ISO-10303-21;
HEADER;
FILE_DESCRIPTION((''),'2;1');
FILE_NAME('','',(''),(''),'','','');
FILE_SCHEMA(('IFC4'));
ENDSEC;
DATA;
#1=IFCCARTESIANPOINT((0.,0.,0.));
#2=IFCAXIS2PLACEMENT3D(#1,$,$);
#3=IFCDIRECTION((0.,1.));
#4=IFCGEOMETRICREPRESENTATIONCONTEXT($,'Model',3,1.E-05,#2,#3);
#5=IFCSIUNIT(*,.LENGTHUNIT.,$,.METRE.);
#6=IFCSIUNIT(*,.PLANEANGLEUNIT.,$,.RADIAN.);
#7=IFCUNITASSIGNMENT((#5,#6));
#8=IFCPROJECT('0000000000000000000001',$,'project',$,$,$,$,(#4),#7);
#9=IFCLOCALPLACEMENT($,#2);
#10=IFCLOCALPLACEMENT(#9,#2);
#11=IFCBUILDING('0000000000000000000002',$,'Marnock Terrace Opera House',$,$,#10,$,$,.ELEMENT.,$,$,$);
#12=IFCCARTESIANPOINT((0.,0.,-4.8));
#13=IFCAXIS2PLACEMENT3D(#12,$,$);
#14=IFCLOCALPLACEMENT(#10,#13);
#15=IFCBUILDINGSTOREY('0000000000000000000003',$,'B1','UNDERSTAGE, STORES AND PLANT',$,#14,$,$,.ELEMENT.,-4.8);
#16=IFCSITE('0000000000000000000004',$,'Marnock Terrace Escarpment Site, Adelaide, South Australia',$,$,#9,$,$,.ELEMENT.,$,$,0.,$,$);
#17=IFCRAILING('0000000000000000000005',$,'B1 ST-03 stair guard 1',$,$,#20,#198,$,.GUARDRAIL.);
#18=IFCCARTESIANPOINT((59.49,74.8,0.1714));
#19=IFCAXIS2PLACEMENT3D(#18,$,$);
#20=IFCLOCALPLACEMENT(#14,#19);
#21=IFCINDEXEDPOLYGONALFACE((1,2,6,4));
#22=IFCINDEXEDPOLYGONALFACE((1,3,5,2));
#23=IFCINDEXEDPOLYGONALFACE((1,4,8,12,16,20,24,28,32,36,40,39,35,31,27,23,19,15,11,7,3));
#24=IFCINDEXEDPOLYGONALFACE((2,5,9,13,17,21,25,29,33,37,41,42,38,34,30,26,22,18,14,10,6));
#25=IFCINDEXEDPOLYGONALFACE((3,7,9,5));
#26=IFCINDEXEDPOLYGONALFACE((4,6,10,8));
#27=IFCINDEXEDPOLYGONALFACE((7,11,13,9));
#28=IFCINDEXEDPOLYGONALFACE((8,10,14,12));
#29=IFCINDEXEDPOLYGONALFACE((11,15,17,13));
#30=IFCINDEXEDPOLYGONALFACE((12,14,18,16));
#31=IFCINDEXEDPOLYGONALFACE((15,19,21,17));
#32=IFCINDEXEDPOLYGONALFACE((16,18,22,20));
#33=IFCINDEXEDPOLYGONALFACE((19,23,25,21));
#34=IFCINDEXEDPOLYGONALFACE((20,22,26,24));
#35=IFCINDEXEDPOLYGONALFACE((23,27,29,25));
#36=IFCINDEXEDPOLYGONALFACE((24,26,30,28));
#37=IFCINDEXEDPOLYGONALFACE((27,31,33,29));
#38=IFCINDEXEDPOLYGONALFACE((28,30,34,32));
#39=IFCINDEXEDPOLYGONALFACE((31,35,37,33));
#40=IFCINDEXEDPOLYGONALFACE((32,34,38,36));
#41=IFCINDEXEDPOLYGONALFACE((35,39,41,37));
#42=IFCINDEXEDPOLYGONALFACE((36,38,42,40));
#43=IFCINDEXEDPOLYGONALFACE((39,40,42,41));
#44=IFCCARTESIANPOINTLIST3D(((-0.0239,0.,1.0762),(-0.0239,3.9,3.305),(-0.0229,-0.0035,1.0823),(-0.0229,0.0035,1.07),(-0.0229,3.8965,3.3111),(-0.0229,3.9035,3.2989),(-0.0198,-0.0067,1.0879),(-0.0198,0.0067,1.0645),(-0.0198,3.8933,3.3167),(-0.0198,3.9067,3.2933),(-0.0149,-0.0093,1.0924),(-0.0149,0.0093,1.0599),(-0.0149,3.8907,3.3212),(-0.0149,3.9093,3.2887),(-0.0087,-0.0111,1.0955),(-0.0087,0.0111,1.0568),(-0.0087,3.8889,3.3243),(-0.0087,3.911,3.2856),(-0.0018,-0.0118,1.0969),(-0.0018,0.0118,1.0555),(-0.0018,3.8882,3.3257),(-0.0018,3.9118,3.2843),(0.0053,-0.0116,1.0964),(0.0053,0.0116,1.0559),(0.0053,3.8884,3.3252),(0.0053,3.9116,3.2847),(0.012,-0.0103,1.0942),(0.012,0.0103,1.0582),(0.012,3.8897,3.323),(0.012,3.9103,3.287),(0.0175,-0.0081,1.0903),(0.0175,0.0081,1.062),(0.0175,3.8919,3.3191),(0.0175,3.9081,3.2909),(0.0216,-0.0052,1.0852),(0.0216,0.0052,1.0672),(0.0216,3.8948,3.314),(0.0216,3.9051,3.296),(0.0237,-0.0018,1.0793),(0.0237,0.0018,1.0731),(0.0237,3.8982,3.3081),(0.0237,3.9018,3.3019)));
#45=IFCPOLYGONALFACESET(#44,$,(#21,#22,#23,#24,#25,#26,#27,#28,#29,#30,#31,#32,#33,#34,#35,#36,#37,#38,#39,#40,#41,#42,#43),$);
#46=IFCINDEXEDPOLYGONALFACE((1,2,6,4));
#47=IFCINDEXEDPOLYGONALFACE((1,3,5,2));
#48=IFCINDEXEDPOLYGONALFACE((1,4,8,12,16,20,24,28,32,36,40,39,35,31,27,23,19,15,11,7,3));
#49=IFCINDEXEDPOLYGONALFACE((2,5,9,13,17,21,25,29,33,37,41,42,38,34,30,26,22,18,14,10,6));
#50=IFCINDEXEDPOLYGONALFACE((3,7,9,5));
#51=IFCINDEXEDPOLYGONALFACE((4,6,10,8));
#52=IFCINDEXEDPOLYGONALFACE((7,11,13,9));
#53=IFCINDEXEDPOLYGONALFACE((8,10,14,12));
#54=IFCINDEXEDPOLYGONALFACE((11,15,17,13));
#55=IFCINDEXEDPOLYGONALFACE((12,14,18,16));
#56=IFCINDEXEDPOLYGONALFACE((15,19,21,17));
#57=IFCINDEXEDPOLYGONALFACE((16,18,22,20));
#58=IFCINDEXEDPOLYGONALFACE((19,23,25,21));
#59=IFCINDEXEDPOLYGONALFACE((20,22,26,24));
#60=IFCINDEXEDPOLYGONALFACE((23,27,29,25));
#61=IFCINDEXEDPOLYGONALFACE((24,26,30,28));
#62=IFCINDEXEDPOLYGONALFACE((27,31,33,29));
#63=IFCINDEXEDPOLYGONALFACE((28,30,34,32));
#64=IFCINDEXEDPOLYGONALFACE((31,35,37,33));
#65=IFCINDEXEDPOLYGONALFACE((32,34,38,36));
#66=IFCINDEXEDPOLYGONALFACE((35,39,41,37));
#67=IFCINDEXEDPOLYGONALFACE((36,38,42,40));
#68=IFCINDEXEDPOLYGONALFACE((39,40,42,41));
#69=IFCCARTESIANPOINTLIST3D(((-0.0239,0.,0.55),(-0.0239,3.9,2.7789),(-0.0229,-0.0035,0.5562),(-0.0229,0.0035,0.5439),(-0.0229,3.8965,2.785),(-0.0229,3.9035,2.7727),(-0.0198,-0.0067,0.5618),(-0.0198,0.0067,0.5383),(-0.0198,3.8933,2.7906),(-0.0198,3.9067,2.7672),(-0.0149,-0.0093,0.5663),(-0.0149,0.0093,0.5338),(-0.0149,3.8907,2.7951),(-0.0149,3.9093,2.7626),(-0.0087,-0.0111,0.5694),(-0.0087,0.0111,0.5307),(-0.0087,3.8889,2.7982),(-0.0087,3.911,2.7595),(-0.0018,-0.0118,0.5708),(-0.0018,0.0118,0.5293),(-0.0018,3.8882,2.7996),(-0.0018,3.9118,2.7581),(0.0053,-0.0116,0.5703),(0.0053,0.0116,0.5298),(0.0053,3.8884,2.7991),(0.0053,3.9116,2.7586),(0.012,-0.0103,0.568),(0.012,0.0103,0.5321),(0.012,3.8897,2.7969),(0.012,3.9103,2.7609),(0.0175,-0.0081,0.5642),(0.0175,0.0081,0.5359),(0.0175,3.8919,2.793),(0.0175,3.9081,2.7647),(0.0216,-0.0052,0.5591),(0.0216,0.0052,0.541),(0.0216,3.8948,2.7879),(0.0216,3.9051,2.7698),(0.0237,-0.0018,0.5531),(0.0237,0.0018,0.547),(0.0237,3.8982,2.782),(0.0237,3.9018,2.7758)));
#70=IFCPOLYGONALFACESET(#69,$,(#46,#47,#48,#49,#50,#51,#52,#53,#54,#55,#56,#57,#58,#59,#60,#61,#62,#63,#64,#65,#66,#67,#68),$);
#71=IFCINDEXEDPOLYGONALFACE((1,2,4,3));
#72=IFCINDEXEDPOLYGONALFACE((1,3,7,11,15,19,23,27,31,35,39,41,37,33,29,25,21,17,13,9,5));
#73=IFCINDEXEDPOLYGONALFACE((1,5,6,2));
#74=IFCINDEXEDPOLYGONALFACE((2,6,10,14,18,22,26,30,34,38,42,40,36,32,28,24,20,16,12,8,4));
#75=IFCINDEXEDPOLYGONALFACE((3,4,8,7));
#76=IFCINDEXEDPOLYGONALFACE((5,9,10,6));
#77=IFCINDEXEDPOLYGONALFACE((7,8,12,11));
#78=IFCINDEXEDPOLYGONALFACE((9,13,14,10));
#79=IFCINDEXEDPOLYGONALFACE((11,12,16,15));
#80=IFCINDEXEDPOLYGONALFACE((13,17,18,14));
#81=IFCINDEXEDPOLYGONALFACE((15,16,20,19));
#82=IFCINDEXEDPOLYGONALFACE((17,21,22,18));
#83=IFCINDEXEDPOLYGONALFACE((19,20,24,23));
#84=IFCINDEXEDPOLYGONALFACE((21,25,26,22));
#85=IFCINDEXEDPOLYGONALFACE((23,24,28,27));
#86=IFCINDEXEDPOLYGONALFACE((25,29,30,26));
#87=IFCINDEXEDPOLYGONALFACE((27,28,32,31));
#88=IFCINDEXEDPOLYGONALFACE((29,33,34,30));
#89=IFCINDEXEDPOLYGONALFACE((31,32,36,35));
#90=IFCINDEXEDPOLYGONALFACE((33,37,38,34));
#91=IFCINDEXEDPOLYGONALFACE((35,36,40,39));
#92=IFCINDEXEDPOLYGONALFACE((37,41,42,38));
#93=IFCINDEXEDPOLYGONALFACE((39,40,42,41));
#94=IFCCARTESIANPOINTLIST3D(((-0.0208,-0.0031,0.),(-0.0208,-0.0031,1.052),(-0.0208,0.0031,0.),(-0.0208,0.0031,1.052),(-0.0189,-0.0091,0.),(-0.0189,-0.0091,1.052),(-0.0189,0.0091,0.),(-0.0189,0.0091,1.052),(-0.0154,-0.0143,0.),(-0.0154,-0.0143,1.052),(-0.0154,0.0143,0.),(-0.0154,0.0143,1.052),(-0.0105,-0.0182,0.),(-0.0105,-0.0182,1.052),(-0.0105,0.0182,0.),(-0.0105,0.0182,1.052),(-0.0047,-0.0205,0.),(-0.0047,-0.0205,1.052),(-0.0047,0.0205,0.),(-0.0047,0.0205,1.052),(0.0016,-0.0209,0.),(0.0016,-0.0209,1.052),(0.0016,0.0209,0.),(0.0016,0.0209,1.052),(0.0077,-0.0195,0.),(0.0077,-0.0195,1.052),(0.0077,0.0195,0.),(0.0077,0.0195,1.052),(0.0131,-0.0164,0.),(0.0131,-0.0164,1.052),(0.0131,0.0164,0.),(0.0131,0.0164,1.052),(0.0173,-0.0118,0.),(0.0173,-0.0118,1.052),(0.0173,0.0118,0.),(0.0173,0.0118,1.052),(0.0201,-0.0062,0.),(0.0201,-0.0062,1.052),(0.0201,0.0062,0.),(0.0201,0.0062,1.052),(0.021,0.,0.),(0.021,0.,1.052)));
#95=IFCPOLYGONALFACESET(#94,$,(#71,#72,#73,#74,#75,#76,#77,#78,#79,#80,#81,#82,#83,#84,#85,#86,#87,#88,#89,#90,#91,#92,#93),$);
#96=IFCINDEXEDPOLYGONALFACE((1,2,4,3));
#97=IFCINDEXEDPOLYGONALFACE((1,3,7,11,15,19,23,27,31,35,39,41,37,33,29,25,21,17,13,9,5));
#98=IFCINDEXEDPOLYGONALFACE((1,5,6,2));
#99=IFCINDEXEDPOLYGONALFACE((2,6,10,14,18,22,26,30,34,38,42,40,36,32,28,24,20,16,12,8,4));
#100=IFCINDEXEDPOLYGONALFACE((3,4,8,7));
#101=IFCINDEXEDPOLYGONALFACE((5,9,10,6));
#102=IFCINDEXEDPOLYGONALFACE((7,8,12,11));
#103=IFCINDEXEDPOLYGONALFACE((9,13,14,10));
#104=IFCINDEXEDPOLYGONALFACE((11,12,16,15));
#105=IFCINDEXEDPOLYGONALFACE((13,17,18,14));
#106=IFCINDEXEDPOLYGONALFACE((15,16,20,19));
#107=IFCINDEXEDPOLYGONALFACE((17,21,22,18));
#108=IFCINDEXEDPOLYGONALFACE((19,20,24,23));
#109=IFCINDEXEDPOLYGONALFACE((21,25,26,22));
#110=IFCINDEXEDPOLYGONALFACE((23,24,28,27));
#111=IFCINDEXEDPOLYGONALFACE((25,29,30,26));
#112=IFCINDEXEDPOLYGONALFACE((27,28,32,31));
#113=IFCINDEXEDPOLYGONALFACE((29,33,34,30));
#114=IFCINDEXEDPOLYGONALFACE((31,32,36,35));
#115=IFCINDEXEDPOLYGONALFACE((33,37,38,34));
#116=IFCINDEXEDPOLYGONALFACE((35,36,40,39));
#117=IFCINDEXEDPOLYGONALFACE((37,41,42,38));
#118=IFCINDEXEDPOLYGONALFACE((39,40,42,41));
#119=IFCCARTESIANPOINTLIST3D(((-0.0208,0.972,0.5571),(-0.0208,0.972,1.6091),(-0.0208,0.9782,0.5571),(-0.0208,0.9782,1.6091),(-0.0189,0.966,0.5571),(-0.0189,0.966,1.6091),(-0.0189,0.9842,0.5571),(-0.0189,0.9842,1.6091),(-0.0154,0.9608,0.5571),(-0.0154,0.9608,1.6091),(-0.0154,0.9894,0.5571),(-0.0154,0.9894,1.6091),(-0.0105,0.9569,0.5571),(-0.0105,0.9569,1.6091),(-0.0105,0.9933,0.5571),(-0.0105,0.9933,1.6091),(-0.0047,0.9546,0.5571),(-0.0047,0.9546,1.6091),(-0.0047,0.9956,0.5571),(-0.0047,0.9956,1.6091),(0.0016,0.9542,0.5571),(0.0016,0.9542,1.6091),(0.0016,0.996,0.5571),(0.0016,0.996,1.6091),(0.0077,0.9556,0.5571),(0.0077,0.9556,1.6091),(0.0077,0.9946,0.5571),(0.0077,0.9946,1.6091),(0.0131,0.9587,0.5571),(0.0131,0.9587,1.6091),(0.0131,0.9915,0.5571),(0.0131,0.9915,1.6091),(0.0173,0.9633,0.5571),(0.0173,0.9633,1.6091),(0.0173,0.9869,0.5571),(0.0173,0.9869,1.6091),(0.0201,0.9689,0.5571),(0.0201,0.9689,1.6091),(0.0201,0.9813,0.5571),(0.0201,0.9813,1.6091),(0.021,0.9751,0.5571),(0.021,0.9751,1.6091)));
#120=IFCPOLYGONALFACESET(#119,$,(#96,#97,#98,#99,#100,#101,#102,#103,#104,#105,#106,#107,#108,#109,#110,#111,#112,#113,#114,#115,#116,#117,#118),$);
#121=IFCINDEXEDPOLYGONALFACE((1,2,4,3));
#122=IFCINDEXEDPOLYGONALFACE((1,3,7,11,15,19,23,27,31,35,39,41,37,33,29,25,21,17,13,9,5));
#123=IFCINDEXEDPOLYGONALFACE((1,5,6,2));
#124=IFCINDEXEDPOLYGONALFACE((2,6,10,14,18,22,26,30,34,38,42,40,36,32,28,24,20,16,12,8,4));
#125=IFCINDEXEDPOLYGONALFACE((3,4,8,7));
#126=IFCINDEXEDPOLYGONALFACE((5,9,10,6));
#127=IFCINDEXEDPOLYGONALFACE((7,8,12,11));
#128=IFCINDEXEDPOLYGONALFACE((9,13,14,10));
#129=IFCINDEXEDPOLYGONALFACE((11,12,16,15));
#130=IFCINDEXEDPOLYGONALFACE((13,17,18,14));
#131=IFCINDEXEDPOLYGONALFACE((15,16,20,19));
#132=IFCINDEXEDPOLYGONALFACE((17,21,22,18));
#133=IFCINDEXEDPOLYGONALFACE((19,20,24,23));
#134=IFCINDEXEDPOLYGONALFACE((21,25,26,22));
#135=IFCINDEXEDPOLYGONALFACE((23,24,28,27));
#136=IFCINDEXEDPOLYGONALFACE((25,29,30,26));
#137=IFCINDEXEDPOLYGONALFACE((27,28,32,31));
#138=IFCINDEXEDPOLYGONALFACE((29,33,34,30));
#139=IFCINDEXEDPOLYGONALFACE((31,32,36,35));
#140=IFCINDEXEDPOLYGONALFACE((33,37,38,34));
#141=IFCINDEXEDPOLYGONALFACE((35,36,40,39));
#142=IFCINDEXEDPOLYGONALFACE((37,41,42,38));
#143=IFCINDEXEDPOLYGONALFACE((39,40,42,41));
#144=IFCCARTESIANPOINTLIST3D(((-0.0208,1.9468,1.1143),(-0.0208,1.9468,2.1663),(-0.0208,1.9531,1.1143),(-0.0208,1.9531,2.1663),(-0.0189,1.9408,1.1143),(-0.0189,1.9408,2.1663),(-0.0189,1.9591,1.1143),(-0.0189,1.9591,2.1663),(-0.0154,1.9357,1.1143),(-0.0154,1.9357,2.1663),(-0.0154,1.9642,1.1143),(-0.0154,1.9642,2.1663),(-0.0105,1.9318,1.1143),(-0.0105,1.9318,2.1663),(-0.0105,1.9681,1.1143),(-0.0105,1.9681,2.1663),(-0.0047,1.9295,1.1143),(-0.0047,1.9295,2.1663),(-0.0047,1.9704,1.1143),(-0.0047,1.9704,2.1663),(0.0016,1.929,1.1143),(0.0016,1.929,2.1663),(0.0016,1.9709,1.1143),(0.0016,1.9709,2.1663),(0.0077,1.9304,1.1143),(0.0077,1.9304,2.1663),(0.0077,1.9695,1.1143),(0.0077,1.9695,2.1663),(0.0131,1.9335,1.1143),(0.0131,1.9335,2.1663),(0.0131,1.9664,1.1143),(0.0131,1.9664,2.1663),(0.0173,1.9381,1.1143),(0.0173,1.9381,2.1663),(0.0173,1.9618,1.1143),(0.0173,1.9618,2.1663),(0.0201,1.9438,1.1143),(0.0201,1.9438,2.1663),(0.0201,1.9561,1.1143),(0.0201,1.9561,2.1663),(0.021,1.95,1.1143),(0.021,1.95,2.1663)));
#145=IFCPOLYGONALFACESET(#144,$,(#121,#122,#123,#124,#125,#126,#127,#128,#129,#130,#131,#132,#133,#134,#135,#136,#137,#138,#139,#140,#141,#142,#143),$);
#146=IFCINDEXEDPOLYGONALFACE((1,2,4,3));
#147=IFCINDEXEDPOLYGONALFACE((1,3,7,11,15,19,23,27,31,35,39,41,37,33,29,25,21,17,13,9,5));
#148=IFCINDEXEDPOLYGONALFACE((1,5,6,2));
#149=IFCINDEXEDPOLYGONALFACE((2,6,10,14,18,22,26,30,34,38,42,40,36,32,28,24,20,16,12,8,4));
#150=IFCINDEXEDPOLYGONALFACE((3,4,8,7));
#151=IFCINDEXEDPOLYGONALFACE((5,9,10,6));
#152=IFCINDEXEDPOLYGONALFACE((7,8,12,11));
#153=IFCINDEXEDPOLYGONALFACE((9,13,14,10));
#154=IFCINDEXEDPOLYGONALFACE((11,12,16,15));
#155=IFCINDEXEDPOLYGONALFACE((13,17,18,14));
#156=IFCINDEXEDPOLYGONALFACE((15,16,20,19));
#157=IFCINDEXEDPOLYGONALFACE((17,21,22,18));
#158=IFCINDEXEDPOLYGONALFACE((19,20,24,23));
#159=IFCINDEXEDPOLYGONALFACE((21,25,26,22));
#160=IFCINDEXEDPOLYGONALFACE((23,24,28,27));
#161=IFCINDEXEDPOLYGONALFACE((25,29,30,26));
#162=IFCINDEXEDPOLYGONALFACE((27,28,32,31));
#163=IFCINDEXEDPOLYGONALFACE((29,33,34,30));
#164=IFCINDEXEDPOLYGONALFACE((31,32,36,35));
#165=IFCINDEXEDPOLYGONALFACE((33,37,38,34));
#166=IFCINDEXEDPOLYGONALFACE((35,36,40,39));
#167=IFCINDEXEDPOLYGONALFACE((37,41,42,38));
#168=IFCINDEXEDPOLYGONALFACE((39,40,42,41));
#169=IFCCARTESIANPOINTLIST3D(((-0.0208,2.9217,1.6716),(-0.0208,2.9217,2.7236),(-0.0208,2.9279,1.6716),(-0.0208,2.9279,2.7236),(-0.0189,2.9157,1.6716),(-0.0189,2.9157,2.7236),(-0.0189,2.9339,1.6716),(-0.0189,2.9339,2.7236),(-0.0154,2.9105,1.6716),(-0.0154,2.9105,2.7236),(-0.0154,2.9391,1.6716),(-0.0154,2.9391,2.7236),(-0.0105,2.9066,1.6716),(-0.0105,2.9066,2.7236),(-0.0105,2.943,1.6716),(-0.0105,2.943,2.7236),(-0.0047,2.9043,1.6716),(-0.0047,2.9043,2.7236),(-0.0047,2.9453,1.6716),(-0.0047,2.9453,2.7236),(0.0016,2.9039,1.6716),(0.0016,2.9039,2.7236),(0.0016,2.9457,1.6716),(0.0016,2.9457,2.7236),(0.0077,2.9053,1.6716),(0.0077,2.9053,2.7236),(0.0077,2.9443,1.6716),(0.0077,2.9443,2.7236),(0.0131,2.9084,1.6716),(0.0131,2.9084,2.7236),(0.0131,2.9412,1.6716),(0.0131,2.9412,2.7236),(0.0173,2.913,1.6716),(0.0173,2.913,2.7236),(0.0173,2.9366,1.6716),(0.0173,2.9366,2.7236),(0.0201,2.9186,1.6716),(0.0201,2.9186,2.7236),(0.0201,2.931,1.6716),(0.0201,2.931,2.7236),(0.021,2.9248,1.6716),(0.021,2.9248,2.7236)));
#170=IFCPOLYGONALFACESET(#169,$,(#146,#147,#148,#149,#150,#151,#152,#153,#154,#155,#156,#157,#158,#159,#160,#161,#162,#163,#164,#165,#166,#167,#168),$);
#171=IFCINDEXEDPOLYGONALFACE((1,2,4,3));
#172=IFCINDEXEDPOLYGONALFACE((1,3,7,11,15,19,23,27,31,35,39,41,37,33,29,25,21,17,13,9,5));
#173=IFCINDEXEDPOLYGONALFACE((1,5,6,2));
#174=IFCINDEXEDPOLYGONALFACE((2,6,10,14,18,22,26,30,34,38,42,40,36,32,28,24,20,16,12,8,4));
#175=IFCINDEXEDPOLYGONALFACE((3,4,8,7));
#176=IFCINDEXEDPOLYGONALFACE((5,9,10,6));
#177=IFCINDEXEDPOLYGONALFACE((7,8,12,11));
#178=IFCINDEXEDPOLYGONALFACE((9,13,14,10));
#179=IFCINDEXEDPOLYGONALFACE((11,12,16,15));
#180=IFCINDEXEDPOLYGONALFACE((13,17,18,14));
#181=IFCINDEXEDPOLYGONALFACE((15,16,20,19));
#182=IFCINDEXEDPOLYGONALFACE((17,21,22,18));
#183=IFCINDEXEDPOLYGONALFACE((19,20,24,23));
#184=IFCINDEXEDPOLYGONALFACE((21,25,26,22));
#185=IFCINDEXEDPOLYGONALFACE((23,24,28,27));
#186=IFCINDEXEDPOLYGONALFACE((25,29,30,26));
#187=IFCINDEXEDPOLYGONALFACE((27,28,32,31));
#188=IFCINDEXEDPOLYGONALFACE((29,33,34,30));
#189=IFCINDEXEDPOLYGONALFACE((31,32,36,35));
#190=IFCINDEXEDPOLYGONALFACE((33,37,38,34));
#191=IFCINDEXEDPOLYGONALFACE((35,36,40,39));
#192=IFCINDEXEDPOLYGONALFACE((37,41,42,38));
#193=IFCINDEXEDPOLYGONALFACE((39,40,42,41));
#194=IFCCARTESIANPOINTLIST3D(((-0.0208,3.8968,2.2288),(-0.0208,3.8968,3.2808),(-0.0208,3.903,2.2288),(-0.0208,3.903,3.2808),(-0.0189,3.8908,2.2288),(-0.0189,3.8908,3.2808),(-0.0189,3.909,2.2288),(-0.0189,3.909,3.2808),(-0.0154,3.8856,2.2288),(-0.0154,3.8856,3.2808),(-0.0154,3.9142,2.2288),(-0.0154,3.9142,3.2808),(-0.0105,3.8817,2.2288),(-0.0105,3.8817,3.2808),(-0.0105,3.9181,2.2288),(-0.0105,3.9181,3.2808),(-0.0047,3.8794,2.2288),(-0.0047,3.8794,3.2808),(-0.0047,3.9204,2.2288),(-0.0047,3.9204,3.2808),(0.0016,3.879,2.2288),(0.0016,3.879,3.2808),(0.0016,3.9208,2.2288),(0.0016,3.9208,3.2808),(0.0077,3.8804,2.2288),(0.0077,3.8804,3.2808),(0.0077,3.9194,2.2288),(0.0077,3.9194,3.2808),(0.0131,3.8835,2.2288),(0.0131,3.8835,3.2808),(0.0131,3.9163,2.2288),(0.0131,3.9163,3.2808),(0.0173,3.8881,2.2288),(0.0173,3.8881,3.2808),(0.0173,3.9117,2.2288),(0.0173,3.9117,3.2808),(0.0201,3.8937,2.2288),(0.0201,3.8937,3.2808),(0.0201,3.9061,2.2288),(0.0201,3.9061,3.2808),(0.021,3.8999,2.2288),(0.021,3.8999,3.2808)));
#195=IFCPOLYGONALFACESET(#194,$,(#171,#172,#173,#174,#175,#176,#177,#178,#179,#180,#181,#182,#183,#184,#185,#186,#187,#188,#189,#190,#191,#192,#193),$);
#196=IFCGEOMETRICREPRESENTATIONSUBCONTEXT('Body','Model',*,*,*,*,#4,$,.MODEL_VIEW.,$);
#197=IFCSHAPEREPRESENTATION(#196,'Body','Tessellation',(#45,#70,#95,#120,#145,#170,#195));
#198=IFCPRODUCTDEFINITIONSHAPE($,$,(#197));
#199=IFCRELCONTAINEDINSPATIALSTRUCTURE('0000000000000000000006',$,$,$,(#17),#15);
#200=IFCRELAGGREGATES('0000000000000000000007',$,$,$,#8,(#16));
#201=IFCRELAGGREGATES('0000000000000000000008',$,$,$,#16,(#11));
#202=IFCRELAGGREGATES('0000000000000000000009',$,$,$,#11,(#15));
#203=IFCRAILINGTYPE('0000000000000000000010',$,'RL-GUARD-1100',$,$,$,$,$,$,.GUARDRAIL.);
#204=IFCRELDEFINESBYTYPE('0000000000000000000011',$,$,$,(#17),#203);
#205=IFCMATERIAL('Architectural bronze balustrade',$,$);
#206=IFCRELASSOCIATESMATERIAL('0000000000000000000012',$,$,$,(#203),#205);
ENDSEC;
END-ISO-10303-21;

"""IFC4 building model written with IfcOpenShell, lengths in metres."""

from ifc_helpers import new_model, si_unit, direction, frame, origin, origin_2d, place, context, subcontext, project, spatial, circle, extrude, material, type_object, element, save


model = new_model("IFC4")

# Units and contexts
model_context = context("Model", 3, precision=1e-05, world=origin(), true_north=direction((0.0, 1.0)))
body_context = subcontext(model_context, "Body", "Model", "MODEL_VIEW")
ifc_project = project(units=[si_unit("LENGTHUNIT", "METRE"), si_unit("PLANEANGLEUNIT", "RADIAN")], contexts=[model_context])

# Site, building, storey
site_placement = place(None, origin())
site = spatial("IfcSite", under=ifc_project, at=site_placement, Name="Marnock Terrace Escarpment Site, Adelaide, South Australia", CompositionType="ELEMENT", RefElevation=0.0)
building_placement = place(site_placement, origin())
building = spatial("IfcBuilding", under=site, at=building_placement, Name="Marnock Terrace Opera House", CompositionType="ELEMENT")
storey_placement = place(building_placement, frame((0.0, 0.0, -4.8)))
storey = spatial("IfcBuildingStorey", under=building, at=storey_placement, Name="B1", Description="UNDERSTAGE, STORES AND PLANT", CompositionType="ELEMENT", Elevation=-4.8)

# Railing
ifc_material_1 = material(Name="Architectural bronze balustrade")
railing_type_1 = type_object("IfcRailingType", Name="RL-GUARD-1100", PredefinedType="GUARDRAIL", material=ifc_material_1)
railing_1_placement = place(storey_placement, frame((59.49, 74.8, 0.1714)))
element("IfcRailing", 1, at=railing_1_placement, inside=storey, type_object=railing_type_1, Name="B1 ST-03 stair guard 1", PredefinedType="GUARDRAIL", context=body_context, shape_type="SweptSolid", body=[
    extrude(circle(Radius=0.0239, at=origin_2d()), frame((0.0, 0.0, 1.0762), z_axis=(0.0, 0.86822, 0.49618), x_axis=(-1.0, 0.0, 0.0)), (0.0, 0.0, 1.0), 4.4919),
    extrude(circle(Radius=0.0239, at=origin_2d()), frame((0.0, 0.0, 0.55), z_axis=(0.0, 0.86822, 0.49618), x_axis=(-1.0, 0.0, 0.0)), (0.0, 0.0, 1.0), 4.4919),
    extrude(circle(Radius=0.021, at=origin_2d()), origin(), (0.0, 0.0, 1.0), 1.052),
    extrude(circle(Radius=0.021, at=origin_2d()), frame((0.0, 0.9751, 0.5571)), (0.0, 0.0, 1.0), 1.052),
    extrude(circle(Radius=0.021, at=origin_2d()), frame((0.0, 1.95, 1.1143)), (0.0, 0.0, 1.0), 1.052),
    extrude(circle(Radius=0.021, at=origin_2d()), frame((0.0, 2.9248, 1.6716)), (0.0, 0.0, 1.0), 1.052),
    extrude(circle(Radius=0.021, at=origin_2d()), frame((0.0, 3.8999, 2.2288)), (0.0, 0.0, 1.0), 1.052),
])

save(model, "model.ifc")
